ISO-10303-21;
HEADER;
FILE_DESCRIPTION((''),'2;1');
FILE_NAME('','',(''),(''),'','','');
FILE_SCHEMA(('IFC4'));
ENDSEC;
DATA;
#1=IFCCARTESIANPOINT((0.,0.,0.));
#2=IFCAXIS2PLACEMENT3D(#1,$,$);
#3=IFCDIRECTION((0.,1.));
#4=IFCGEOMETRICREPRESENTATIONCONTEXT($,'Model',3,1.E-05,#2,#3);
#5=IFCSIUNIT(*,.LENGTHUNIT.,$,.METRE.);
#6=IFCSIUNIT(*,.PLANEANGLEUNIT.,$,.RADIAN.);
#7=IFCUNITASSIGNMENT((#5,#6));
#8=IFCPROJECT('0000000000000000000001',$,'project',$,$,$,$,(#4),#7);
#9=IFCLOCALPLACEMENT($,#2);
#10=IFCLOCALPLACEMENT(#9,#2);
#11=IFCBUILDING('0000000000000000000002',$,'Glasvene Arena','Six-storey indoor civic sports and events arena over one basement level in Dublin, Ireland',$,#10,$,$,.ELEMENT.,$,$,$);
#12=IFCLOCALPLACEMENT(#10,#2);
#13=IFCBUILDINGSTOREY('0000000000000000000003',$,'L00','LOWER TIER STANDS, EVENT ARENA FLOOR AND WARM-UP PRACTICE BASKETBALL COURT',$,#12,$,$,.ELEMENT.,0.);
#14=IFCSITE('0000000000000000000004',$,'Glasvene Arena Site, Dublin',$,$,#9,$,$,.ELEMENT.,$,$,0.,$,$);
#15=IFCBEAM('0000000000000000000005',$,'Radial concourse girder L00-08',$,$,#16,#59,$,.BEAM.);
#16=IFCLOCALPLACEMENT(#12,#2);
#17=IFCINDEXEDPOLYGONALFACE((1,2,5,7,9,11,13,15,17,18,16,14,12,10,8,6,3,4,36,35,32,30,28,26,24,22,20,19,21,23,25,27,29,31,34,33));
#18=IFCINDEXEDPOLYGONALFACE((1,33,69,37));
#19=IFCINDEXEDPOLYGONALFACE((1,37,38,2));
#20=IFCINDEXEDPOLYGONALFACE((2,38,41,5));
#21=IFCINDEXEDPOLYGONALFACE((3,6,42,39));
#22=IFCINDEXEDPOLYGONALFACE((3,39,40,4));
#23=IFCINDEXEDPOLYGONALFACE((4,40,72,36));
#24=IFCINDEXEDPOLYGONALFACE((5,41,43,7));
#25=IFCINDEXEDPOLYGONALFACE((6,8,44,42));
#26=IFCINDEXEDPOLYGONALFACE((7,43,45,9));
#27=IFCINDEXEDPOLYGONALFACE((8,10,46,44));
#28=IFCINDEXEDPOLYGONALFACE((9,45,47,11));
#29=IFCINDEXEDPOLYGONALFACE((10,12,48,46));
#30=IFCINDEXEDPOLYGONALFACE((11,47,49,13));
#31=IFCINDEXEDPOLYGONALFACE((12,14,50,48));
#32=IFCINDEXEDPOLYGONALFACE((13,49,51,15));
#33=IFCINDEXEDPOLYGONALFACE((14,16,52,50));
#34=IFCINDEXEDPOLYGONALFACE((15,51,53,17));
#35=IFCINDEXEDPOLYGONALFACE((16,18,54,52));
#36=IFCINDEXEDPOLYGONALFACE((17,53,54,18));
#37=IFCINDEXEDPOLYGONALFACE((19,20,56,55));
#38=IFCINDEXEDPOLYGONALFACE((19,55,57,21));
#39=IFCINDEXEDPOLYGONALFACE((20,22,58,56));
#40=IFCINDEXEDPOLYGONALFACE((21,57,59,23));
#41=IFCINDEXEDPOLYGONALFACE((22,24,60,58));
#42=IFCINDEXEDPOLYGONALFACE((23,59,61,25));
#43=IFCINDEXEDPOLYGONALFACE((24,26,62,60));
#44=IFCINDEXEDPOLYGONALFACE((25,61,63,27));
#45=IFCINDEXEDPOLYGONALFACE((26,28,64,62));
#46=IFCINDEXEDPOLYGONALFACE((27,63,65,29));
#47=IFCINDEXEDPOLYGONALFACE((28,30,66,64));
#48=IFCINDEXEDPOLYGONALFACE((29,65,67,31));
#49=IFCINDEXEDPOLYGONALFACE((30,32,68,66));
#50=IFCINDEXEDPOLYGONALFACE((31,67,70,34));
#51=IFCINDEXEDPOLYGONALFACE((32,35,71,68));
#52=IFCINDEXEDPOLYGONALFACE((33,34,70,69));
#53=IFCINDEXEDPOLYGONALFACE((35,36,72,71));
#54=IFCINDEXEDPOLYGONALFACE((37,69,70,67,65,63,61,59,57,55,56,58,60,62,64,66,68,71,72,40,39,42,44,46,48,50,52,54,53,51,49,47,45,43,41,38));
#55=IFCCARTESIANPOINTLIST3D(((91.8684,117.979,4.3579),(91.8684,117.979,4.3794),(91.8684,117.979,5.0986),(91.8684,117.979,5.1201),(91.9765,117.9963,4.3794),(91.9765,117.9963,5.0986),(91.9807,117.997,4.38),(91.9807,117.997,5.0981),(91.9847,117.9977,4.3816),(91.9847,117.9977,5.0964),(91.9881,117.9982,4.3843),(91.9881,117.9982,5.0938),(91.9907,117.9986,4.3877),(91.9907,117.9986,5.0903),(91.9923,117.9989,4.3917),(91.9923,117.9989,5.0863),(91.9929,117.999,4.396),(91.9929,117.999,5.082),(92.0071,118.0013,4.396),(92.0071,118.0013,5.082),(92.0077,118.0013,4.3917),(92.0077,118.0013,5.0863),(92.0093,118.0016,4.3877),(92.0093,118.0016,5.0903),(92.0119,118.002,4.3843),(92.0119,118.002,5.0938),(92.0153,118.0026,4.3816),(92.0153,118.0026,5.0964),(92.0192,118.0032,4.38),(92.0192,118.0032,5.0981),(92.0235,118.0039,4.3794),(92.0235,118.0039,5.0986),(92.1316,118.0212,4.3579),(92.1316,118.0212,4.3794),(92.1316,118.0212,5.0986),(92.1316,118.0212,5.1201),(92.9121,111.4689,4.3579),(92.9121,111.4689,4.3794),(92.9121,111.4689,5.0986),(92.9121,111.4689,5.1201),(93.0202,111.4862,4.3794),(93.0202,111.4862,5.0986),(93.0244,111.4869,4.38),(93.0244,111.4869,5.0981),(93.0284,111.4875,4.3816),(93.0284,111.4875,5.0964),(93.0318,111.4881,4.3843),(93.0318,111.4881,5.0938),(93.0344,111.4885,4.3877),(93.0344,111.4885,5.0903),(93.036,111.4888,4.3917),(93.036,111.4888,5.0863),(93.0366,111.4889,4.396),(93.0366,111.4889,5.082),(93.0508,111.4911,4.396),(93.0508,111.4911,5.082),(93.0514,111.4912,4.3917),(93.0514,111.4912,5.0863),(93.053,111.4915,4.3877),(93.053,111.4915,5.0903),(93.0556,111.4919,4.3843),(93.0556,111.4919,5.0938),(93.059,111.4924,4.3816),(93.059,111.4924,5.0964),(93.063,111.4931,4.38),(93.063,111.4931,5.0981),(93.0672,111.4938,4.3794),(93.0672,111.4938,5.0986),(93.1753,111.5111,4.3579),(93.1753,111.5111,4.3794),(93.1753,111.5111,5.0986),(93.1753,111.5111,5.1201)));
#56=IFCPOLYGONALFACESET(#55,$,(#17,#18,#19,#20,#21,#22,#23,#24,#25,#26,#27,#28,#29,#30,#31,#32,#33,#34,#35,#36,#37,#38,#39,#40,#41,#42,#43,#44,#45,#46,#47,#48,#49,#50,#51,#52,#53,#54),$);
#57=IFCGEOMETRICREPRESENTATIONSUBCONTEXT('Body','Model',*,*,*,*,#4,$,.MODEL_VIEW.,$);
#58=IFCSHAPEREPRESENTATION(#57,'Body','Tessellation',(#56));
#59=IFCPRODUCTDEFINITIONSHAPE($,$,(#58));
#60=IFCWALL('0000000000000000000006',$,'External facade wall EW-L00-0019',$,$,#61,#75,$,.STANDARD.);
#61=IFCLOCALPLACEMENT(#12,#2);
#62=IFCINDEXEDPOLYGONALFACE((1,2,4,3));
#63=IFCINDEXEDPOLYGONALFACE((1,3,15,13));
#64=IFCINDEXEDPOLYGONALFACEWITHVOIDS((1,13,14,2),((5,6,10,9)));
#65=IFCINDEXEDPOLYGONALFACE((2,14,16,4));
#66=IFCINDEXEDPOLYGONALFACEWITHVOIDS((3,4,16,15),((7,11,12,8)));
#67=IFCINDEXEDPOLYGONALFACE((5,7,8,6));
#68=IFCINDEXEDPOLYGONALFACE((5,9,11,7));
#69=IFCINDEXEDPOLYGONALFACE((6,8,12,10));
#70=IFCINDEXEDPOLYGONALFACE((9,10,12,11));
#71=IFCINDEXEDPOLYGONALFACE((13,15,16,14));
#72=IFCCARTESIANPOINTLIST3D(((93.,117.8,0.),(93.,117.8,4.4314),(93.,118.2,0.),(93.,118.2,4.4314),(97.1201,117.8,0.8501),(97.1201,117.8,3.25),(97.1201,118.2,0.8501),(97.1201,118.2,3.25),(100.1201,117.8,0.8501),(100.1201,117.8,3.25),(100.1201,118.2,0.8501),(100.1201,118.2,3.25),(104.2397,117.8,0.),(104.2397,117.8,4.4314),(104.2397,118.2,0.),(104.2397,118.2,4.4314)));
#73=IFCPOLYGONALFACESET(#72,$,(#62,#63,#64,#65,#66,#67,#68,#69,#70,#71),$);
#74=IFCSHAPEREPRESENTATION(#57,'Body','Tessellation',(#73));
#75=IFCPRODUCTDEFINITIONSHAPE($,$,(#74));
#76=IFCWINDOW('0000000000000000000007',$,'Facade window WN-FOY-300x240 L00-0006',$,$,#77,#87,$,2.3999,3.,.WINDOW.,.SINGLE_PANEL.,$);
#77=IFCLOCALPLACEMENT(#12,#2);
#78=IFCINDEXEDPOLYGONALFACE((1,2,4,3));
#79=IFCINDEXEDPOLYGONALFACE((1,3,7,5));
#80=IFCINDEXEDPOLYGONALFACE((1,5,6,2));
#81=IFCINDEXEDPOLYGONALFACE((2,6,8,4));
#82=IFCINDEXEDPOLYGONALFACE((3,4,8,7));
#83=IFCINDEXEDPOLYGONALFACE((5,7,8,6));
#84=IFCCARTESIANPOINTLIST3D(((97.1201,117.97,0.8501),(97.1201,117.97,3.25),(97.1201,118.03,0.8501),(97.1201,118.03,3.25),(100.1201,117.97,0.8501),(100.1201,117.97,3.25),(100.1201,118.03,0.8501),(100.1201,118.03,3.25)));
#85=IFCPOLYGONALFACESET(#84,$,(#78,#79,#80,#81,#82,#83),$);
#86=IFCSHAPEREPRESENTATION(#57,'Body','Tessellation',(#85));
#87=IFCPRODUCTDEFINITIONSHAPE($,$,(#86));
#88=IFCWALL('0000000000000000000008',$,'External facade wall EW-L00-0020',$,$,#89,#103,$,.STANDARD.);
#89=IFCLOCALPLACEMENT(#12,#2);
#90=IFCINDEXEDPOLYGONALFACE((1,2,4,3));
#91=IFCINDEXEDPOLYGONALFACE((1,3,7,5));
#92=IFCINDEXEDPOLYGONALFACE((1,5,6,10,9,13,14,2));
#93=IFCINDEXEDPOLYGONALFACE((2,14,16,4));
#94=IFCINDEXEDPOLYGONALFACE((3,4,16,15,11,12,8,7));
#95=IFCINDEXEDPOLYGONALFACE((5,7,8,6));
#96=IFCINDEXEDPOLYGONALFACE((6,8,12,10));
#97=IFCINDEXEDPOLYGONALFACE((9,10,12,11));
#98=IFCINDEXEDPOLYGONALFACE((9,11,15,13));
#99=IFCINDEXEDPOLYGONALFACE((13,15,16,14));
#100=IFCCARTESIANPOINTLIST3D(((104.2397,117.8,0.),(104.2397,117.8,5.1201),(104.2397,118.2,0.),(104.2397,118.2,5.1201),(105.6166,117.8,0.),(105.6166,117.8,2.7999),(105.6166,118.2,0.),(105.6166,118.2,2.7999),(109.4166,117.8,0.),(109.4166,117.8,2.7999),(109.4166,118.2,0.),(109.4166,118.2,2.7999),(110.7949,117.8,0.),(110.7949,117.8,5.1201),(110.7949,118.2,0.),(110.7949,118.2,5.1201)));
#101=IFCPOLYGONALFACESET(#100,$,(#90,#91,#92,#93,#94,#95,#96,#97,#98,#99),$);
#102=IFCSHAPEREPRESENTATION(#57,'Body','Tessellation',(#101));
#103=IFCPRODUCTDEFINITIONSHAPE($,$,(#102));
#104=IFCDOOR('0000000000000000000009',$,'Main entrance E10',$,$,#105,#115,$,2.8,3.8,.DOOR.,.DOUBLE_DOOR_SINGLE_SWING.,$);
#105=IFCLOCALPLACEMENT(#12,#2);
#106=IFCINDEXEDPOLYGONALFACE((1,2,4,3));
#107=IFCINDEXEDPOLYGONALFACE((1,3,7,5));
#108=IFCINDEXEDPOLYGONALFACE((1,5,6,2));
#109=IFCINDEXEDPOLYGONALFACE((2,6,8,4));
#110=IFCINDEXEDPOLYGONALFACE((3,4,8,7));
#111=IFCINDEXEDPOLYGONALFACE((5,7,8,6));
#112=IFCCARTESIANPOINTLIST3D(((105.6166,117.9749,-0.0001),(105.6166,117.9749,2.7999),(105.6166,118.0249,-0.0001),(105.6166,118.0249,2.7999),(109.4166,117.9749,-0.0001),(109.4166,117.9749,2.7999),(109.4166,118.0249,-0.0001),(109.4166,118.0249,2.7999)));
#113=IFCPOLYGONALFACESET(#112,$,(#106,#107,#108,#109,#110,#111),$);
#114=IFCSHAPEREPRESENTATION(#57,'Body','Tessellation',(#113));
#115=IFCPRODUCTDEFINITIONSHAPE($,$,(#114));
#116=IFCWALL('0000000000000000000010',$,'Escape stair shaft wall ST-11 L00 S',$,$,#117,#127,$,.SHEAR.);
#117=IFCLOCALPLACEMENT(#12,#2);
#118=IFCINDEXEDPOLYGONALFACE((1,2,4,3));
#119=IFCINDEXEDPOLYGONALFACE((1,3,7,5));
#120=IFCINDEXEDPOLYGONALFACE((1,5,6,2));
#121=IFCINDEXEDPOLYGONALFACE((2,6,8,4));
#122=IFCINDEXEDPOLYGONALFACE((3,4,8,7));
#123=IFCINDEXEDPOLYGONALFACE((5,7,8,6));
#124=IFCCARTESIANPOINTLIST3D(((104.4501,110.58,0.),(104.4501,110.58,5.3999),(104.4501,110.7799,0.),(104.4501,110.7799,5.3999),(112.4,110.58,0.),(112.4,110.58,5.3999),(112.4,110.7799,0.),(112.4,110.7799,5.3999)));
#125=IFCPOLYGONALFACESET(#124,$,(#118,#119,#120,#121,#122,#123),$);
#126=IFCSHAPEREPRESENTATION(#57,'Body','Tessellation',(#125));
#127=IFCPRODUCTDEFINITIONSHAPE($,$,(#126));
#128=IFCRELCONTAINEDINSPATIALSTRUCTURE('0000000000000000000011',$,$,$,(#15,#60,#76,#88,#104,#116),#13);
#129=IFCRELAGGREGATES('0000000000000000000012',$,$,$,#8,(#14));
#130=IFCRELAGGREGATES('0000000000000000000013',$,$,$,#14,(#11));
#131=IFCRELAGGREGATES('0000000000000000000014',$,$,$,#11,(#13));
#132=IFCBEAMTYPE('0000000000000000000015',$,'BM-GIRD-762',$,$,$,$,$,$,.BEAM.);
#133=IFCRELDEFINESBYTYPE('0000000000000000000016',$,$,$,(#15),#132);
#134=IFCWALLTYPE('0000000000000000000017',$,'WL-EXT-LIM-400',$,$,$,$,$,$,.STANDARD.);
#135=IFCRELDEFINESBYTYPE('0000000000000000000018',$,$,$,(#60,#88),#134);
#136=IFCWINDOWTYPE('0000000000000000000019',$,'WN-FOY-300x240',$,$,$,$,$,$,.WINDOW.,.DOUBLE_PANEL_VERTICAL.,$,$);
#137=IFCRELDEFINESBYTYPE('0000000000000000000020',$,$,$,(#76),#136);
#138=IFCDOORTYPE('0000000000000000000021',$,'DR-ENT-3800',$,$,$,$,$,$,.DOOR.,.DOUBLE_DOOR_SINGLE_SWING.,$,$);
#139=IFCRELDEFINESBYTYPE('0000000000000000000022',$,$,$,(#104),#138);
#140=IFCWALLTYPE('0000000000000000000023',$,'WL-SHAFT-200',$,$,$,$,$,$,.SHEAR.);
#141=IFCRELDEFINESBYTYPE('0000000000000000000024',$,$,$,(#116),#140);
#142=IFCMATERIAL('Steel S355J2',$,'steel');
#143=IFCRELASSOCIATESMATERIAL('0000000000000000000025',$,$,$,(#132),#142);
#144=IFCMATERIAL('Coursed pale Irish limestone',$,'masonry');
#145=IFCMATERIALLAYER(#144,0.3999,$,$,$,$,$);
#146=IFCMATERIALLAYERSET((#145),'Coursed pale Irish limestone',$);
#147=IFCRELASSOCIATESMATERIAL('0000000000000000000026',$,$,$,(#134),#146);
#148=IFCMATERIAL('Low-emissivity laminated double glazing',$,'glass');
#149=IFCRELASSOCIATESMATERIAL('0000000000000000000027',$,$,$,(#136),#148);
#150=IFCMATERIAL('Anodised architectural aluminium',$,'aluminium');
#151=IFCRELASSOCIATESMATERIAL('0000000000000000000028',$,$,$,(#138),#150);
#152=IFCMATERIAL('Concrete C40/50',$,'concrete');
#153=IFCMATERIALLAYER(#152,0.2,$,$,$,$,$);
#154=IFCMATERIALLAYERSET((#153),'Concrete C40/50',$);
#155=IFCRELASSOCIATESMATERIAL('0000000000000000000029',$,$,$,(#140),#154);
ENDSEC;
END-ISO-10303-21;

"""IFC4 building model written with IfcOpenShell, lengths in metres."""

from ifc_helpers import new_model, si_unit, direction, frame, frame_2d, origin, origin_2d, place, context, subcontext, project, spatial, rectangle, i_section, extrude, material, layer, layer_set, material_profile, profile_set, type_object, element, fill, save


model = new_model("IFC4")

# Units and contexts
model_context = context("Model", 3, precision=1e-05, world=origin(), true_north=direction((0.0, 1.0)))
body_context = subcontext(model_context, "Body", "Model", "MODEL_VIEW")
ifc_project = project(units=[si_unit("LENGTHUNIT", "METRE"), si_unit("PLANEANGLEUNIT", "RADIAN")], contexts=[model_context])

# Site, building, storey
site_placement = place(None, origin())
site = spatial("IfcSite", under=ifc_project, at=site_placement, Name="Glasvene Arena Site, Dublin", CompositionType="ELEMENT", RefElevation=0.0)
building_placement = place(site_placement, origin())
building = spatial("IfcBuilding", under=site, at=building_placement, Name="Glasvene Arena", Description="Six-storey indoor civic sports and events arena over one basement level in Dublin, Ireland", CompositionType="ELEMENT")
storey_placement = place(building_placement, origin())
storey = spatial("IfcBuildingStorey", under=building, at=storey_placement, Name="L00", Description="LOWER TIER STANDS, EVENT ARENA FLOOR AND WARM-UP PRACTICE BASKETBALL COURT", CompositionType="ELEMENT", Elevation=0.0)

# Shared definitions
ifc_material_1 = material(Name="Concrete C40/50", Category="concrete")
ifc_material_2 = material(Name="Steel S355J2", Category="steel")

# Beam
ifc_material_profile_1 = material_profile(ifc_material_2, i_section(OverallWidth=0.2666, OverallDepth=0.7622, WebThickness=0.0144, FlangeThickness=0.0215, FilletRadius=0.0166, at=origin_2d()), Name="UKB 762x267x173")
ifc_profile_set_1 = profile_set([ifc_material_profile_1], Name="Steel S355J2")
beam_type_1 = type_object("IfcBeamType", Name="BM-GIRD-762", PredefinedType="BEAM", material=ifc_profile_set_1)
beam_1_placement = place(storey_placement, frame((93.0437, 111.49, 4.739), z_axis=(-0.158301, 0.987391, 0.0), x_axis=(-0.987391, -0.158301, 0.0)))
element("IfcBeam", 1, at=beam_1_placement, inside=storey, type_object=beam_type_1, Name="Radial concourse girder L00-08", PredefinedType="BEAM", context=body_context, shape_type="SweptSolid", body=[
    extrude(i_section(OverallWidth=0.2666, OverallDepth=0.7622, WebThickness=0.0144, FlangeThickness=0.0215, FilletRadius=0.0166, at=origin_2d()), origin(), (0.0, 0.0, 1.0), 6.5933),
])

# Wall, opening, window
ifc_material_3 = material(Name="Coursed pale Irish limestone", Category="masonry")
ifc_layer_1 = layer(ifc_material_3, 0.3999)
ifc_layer_set_1 = layer_set([ifc_layer_1], Name="Coursed pale Irish limestone")
wall_type_1 = type_object("IfcWallType", Name="WL-EXT-LIM-400", PredefinedType="STANDARD", material=ifc_layer_set_1)
wall_1_placement = place(storey_placement, frame((93.0, 118.0, 0.0), z_axis=(0.0, 0.0, 1.0), x_axis=(1.0, 0.0, 0.0)))
wall_1 = element("IfcWall", 2, at=wall_1_placement, inside=storey, type_object=wall_type_1, Name="External facade wall EW-L00-0019", PredefinedType="STANDARD", context=body_context, shape_type="SweptSolid", body=[
    extrude(rectangle(XDim=11.2397, YDim=0.3999, at=frame_2d((5.6199, 0.0))), origin(), (0.0, 0.0, 1.0), 4.4314),
])
opening_1_placement = place(wall_1_placement, frame((4.1201, 0.0, 0.8501)))
opening_1 = element("IfcOpeningElement", 3, at=opening_1_placement, cuts=wall_1, PredefinedType="OPENING", context=body_context, shape_type="SweptSolid", body=[
    extrude(rectangle(XDim=3.0, YDim=2.3999, at=frame_2d((1.5, 1.2))), frame((0.0, 0.21, 0.0), z_axis=(0.0, -1.0, 0.0), x_axis=(1.0, 0.0, 0.0)), (0.0, 0.0, 1.0), 0.4199),
])
ifc_material_4 = material(Name="Low-emissivity laminated double glazing", Category="glass")
window_type = type_object("IfcWindowType", Name="WN-FOY-300x240", PartitioningType="DOUBLE_PANEL_VERTICAL", PredefinedType="WINDOW", material=ifc_material_4)
window_placement = place(opening_1_placement, origin())
window = element("IfcWindow", 4, at=window_placement, inside=storey, type_object=window_type, Name="Facade window WN-FOY-300x240 L00-0006", OverallHeight=2.3999, OverallWidth=3.0, PartitioningType="SINGLE_PANEL", PredefinedType="WINDOW", context=body_context, shape_type="SweptSolid", body=[
    extrude(rectangle(XDim=3.0, YDim=2.3999, at=frame_2d((1.5, 1.2))), frame((0.0, 0.03, 0.0), z_axis=(0.0, -1.0, 0.0), x_axis=(1.0, 0.0, 0.0)), (0.0, 0.0, 1.0), 0.0601),
])
fill(opening_1, window)

# Wall, opening, door
wall_2_placement = place(storey_placement, frame((104.2397, 118.0, 0.0), z_axis=(0.0, 0.0, 1.0), x_axis=(1.0, 0.0, 0.0)))
wall_2 = element("IfcWall", 5, at=wall_2_placement, inside=storey, type_object=wall_type_1, Name="External facade wall EW-L00-0020", PredefinedType="STANDARD", context=body_context, shape_type="SweptSolid", body=[
    extrude(rectangle(XDim=6.5552, YDim=0.3999, at=frame_2d((3.2776, 0.0))), origin(), (0.0, 0.0, 1.0), 5.1201),
])
opening_2_placement = place(wall_2_placement, frame((1.377, 0.0, 0.0)))
opening_2 = element("IfcOpeningElement", 6, at=opening_2_placement, cuts=wall_2, PredefinedType="OPENING", context=body_context, shape_type="SweptSolid", body=[
    extrude(rectangle(XDim=3.8, YDim=2.8, at=frame_2d((1.8999, 1.3999))), frame((0.0, 0.21, 0.0), z_axis=(0.0, -1.0, 0.0), x_axis=(1.0, 0.0, 0.0)), (0.0, 0.0, 1.0), 0.4199),
])
ifc_material_5 = material(Name="Anodised architectural aluminium", Category="aluminium")
door_type_1 = type_object("IfcDoorType", Name="DR-ENT-3800", OperationType="DOUBLE_DOOR_SINGLE_SWING", PredefinedType="DOOR", material=ifc_material_5)
door_1_placement = place(opening_2_placement, origin())
door_1 = element("IfcDoor", 7, at=door_1_placement, inside=storey, type_object=door_type_1, Name="Main entrance E10", OperationType="DOUBLE_DOOR_SINGLE_SWING", OverallHeight=2.8, OverallWidth=3.8, PredefinedType="DOOR", context=body_context, shape_type="SweptSolid", body=[
    extrude(rectangle(XDim=3.8, YDim=2.8, at=frame_2d((1.8999, 1.3999))), frame((0.0, 0.0249, 0.0), z_axis=(0.0, -1.0, 0.0), x_axis=(1.0, 0.0, 0.0)), (0.0, 0.0, 1.0), 0.05),
])
fill(opening_2, door_1)

# Wall
ifc_layer_2 = layer(ifc_material_1, 0.2)
ifc_layer_set_2 = layer_set([ifc_layer_2], Name="Concrete C40/50")
wall_type_2 = type_object("IfcWallType", Name="WL-SHAFT-200", PredefinedType="SHEAR", material=ifc_layer_set_2)
wall_3_placement = place(storey_placement, frame((104.45, 110.6799, 0.0), z_axis=(0.0, 0.0, 1.0), x_axis=(1.0, 0.0, 0.0)))
element("IfcWall", 8, at=wall_3_placement, inside=storey, type_object=wall_type_2, Name="Escape stair shaft wall ST-11 L00 S", PredefinedType="SHEAR", context=body_context, shape_type="SweptSolid", body=[
    extrude(rectangle(XDim=7.95, YDim=0.2, at=frame_2d((3.9751, 0.0))), origin(), (0.0, 0.0, 1.0), 5.3999),
])

save(model, "model.ifc")
